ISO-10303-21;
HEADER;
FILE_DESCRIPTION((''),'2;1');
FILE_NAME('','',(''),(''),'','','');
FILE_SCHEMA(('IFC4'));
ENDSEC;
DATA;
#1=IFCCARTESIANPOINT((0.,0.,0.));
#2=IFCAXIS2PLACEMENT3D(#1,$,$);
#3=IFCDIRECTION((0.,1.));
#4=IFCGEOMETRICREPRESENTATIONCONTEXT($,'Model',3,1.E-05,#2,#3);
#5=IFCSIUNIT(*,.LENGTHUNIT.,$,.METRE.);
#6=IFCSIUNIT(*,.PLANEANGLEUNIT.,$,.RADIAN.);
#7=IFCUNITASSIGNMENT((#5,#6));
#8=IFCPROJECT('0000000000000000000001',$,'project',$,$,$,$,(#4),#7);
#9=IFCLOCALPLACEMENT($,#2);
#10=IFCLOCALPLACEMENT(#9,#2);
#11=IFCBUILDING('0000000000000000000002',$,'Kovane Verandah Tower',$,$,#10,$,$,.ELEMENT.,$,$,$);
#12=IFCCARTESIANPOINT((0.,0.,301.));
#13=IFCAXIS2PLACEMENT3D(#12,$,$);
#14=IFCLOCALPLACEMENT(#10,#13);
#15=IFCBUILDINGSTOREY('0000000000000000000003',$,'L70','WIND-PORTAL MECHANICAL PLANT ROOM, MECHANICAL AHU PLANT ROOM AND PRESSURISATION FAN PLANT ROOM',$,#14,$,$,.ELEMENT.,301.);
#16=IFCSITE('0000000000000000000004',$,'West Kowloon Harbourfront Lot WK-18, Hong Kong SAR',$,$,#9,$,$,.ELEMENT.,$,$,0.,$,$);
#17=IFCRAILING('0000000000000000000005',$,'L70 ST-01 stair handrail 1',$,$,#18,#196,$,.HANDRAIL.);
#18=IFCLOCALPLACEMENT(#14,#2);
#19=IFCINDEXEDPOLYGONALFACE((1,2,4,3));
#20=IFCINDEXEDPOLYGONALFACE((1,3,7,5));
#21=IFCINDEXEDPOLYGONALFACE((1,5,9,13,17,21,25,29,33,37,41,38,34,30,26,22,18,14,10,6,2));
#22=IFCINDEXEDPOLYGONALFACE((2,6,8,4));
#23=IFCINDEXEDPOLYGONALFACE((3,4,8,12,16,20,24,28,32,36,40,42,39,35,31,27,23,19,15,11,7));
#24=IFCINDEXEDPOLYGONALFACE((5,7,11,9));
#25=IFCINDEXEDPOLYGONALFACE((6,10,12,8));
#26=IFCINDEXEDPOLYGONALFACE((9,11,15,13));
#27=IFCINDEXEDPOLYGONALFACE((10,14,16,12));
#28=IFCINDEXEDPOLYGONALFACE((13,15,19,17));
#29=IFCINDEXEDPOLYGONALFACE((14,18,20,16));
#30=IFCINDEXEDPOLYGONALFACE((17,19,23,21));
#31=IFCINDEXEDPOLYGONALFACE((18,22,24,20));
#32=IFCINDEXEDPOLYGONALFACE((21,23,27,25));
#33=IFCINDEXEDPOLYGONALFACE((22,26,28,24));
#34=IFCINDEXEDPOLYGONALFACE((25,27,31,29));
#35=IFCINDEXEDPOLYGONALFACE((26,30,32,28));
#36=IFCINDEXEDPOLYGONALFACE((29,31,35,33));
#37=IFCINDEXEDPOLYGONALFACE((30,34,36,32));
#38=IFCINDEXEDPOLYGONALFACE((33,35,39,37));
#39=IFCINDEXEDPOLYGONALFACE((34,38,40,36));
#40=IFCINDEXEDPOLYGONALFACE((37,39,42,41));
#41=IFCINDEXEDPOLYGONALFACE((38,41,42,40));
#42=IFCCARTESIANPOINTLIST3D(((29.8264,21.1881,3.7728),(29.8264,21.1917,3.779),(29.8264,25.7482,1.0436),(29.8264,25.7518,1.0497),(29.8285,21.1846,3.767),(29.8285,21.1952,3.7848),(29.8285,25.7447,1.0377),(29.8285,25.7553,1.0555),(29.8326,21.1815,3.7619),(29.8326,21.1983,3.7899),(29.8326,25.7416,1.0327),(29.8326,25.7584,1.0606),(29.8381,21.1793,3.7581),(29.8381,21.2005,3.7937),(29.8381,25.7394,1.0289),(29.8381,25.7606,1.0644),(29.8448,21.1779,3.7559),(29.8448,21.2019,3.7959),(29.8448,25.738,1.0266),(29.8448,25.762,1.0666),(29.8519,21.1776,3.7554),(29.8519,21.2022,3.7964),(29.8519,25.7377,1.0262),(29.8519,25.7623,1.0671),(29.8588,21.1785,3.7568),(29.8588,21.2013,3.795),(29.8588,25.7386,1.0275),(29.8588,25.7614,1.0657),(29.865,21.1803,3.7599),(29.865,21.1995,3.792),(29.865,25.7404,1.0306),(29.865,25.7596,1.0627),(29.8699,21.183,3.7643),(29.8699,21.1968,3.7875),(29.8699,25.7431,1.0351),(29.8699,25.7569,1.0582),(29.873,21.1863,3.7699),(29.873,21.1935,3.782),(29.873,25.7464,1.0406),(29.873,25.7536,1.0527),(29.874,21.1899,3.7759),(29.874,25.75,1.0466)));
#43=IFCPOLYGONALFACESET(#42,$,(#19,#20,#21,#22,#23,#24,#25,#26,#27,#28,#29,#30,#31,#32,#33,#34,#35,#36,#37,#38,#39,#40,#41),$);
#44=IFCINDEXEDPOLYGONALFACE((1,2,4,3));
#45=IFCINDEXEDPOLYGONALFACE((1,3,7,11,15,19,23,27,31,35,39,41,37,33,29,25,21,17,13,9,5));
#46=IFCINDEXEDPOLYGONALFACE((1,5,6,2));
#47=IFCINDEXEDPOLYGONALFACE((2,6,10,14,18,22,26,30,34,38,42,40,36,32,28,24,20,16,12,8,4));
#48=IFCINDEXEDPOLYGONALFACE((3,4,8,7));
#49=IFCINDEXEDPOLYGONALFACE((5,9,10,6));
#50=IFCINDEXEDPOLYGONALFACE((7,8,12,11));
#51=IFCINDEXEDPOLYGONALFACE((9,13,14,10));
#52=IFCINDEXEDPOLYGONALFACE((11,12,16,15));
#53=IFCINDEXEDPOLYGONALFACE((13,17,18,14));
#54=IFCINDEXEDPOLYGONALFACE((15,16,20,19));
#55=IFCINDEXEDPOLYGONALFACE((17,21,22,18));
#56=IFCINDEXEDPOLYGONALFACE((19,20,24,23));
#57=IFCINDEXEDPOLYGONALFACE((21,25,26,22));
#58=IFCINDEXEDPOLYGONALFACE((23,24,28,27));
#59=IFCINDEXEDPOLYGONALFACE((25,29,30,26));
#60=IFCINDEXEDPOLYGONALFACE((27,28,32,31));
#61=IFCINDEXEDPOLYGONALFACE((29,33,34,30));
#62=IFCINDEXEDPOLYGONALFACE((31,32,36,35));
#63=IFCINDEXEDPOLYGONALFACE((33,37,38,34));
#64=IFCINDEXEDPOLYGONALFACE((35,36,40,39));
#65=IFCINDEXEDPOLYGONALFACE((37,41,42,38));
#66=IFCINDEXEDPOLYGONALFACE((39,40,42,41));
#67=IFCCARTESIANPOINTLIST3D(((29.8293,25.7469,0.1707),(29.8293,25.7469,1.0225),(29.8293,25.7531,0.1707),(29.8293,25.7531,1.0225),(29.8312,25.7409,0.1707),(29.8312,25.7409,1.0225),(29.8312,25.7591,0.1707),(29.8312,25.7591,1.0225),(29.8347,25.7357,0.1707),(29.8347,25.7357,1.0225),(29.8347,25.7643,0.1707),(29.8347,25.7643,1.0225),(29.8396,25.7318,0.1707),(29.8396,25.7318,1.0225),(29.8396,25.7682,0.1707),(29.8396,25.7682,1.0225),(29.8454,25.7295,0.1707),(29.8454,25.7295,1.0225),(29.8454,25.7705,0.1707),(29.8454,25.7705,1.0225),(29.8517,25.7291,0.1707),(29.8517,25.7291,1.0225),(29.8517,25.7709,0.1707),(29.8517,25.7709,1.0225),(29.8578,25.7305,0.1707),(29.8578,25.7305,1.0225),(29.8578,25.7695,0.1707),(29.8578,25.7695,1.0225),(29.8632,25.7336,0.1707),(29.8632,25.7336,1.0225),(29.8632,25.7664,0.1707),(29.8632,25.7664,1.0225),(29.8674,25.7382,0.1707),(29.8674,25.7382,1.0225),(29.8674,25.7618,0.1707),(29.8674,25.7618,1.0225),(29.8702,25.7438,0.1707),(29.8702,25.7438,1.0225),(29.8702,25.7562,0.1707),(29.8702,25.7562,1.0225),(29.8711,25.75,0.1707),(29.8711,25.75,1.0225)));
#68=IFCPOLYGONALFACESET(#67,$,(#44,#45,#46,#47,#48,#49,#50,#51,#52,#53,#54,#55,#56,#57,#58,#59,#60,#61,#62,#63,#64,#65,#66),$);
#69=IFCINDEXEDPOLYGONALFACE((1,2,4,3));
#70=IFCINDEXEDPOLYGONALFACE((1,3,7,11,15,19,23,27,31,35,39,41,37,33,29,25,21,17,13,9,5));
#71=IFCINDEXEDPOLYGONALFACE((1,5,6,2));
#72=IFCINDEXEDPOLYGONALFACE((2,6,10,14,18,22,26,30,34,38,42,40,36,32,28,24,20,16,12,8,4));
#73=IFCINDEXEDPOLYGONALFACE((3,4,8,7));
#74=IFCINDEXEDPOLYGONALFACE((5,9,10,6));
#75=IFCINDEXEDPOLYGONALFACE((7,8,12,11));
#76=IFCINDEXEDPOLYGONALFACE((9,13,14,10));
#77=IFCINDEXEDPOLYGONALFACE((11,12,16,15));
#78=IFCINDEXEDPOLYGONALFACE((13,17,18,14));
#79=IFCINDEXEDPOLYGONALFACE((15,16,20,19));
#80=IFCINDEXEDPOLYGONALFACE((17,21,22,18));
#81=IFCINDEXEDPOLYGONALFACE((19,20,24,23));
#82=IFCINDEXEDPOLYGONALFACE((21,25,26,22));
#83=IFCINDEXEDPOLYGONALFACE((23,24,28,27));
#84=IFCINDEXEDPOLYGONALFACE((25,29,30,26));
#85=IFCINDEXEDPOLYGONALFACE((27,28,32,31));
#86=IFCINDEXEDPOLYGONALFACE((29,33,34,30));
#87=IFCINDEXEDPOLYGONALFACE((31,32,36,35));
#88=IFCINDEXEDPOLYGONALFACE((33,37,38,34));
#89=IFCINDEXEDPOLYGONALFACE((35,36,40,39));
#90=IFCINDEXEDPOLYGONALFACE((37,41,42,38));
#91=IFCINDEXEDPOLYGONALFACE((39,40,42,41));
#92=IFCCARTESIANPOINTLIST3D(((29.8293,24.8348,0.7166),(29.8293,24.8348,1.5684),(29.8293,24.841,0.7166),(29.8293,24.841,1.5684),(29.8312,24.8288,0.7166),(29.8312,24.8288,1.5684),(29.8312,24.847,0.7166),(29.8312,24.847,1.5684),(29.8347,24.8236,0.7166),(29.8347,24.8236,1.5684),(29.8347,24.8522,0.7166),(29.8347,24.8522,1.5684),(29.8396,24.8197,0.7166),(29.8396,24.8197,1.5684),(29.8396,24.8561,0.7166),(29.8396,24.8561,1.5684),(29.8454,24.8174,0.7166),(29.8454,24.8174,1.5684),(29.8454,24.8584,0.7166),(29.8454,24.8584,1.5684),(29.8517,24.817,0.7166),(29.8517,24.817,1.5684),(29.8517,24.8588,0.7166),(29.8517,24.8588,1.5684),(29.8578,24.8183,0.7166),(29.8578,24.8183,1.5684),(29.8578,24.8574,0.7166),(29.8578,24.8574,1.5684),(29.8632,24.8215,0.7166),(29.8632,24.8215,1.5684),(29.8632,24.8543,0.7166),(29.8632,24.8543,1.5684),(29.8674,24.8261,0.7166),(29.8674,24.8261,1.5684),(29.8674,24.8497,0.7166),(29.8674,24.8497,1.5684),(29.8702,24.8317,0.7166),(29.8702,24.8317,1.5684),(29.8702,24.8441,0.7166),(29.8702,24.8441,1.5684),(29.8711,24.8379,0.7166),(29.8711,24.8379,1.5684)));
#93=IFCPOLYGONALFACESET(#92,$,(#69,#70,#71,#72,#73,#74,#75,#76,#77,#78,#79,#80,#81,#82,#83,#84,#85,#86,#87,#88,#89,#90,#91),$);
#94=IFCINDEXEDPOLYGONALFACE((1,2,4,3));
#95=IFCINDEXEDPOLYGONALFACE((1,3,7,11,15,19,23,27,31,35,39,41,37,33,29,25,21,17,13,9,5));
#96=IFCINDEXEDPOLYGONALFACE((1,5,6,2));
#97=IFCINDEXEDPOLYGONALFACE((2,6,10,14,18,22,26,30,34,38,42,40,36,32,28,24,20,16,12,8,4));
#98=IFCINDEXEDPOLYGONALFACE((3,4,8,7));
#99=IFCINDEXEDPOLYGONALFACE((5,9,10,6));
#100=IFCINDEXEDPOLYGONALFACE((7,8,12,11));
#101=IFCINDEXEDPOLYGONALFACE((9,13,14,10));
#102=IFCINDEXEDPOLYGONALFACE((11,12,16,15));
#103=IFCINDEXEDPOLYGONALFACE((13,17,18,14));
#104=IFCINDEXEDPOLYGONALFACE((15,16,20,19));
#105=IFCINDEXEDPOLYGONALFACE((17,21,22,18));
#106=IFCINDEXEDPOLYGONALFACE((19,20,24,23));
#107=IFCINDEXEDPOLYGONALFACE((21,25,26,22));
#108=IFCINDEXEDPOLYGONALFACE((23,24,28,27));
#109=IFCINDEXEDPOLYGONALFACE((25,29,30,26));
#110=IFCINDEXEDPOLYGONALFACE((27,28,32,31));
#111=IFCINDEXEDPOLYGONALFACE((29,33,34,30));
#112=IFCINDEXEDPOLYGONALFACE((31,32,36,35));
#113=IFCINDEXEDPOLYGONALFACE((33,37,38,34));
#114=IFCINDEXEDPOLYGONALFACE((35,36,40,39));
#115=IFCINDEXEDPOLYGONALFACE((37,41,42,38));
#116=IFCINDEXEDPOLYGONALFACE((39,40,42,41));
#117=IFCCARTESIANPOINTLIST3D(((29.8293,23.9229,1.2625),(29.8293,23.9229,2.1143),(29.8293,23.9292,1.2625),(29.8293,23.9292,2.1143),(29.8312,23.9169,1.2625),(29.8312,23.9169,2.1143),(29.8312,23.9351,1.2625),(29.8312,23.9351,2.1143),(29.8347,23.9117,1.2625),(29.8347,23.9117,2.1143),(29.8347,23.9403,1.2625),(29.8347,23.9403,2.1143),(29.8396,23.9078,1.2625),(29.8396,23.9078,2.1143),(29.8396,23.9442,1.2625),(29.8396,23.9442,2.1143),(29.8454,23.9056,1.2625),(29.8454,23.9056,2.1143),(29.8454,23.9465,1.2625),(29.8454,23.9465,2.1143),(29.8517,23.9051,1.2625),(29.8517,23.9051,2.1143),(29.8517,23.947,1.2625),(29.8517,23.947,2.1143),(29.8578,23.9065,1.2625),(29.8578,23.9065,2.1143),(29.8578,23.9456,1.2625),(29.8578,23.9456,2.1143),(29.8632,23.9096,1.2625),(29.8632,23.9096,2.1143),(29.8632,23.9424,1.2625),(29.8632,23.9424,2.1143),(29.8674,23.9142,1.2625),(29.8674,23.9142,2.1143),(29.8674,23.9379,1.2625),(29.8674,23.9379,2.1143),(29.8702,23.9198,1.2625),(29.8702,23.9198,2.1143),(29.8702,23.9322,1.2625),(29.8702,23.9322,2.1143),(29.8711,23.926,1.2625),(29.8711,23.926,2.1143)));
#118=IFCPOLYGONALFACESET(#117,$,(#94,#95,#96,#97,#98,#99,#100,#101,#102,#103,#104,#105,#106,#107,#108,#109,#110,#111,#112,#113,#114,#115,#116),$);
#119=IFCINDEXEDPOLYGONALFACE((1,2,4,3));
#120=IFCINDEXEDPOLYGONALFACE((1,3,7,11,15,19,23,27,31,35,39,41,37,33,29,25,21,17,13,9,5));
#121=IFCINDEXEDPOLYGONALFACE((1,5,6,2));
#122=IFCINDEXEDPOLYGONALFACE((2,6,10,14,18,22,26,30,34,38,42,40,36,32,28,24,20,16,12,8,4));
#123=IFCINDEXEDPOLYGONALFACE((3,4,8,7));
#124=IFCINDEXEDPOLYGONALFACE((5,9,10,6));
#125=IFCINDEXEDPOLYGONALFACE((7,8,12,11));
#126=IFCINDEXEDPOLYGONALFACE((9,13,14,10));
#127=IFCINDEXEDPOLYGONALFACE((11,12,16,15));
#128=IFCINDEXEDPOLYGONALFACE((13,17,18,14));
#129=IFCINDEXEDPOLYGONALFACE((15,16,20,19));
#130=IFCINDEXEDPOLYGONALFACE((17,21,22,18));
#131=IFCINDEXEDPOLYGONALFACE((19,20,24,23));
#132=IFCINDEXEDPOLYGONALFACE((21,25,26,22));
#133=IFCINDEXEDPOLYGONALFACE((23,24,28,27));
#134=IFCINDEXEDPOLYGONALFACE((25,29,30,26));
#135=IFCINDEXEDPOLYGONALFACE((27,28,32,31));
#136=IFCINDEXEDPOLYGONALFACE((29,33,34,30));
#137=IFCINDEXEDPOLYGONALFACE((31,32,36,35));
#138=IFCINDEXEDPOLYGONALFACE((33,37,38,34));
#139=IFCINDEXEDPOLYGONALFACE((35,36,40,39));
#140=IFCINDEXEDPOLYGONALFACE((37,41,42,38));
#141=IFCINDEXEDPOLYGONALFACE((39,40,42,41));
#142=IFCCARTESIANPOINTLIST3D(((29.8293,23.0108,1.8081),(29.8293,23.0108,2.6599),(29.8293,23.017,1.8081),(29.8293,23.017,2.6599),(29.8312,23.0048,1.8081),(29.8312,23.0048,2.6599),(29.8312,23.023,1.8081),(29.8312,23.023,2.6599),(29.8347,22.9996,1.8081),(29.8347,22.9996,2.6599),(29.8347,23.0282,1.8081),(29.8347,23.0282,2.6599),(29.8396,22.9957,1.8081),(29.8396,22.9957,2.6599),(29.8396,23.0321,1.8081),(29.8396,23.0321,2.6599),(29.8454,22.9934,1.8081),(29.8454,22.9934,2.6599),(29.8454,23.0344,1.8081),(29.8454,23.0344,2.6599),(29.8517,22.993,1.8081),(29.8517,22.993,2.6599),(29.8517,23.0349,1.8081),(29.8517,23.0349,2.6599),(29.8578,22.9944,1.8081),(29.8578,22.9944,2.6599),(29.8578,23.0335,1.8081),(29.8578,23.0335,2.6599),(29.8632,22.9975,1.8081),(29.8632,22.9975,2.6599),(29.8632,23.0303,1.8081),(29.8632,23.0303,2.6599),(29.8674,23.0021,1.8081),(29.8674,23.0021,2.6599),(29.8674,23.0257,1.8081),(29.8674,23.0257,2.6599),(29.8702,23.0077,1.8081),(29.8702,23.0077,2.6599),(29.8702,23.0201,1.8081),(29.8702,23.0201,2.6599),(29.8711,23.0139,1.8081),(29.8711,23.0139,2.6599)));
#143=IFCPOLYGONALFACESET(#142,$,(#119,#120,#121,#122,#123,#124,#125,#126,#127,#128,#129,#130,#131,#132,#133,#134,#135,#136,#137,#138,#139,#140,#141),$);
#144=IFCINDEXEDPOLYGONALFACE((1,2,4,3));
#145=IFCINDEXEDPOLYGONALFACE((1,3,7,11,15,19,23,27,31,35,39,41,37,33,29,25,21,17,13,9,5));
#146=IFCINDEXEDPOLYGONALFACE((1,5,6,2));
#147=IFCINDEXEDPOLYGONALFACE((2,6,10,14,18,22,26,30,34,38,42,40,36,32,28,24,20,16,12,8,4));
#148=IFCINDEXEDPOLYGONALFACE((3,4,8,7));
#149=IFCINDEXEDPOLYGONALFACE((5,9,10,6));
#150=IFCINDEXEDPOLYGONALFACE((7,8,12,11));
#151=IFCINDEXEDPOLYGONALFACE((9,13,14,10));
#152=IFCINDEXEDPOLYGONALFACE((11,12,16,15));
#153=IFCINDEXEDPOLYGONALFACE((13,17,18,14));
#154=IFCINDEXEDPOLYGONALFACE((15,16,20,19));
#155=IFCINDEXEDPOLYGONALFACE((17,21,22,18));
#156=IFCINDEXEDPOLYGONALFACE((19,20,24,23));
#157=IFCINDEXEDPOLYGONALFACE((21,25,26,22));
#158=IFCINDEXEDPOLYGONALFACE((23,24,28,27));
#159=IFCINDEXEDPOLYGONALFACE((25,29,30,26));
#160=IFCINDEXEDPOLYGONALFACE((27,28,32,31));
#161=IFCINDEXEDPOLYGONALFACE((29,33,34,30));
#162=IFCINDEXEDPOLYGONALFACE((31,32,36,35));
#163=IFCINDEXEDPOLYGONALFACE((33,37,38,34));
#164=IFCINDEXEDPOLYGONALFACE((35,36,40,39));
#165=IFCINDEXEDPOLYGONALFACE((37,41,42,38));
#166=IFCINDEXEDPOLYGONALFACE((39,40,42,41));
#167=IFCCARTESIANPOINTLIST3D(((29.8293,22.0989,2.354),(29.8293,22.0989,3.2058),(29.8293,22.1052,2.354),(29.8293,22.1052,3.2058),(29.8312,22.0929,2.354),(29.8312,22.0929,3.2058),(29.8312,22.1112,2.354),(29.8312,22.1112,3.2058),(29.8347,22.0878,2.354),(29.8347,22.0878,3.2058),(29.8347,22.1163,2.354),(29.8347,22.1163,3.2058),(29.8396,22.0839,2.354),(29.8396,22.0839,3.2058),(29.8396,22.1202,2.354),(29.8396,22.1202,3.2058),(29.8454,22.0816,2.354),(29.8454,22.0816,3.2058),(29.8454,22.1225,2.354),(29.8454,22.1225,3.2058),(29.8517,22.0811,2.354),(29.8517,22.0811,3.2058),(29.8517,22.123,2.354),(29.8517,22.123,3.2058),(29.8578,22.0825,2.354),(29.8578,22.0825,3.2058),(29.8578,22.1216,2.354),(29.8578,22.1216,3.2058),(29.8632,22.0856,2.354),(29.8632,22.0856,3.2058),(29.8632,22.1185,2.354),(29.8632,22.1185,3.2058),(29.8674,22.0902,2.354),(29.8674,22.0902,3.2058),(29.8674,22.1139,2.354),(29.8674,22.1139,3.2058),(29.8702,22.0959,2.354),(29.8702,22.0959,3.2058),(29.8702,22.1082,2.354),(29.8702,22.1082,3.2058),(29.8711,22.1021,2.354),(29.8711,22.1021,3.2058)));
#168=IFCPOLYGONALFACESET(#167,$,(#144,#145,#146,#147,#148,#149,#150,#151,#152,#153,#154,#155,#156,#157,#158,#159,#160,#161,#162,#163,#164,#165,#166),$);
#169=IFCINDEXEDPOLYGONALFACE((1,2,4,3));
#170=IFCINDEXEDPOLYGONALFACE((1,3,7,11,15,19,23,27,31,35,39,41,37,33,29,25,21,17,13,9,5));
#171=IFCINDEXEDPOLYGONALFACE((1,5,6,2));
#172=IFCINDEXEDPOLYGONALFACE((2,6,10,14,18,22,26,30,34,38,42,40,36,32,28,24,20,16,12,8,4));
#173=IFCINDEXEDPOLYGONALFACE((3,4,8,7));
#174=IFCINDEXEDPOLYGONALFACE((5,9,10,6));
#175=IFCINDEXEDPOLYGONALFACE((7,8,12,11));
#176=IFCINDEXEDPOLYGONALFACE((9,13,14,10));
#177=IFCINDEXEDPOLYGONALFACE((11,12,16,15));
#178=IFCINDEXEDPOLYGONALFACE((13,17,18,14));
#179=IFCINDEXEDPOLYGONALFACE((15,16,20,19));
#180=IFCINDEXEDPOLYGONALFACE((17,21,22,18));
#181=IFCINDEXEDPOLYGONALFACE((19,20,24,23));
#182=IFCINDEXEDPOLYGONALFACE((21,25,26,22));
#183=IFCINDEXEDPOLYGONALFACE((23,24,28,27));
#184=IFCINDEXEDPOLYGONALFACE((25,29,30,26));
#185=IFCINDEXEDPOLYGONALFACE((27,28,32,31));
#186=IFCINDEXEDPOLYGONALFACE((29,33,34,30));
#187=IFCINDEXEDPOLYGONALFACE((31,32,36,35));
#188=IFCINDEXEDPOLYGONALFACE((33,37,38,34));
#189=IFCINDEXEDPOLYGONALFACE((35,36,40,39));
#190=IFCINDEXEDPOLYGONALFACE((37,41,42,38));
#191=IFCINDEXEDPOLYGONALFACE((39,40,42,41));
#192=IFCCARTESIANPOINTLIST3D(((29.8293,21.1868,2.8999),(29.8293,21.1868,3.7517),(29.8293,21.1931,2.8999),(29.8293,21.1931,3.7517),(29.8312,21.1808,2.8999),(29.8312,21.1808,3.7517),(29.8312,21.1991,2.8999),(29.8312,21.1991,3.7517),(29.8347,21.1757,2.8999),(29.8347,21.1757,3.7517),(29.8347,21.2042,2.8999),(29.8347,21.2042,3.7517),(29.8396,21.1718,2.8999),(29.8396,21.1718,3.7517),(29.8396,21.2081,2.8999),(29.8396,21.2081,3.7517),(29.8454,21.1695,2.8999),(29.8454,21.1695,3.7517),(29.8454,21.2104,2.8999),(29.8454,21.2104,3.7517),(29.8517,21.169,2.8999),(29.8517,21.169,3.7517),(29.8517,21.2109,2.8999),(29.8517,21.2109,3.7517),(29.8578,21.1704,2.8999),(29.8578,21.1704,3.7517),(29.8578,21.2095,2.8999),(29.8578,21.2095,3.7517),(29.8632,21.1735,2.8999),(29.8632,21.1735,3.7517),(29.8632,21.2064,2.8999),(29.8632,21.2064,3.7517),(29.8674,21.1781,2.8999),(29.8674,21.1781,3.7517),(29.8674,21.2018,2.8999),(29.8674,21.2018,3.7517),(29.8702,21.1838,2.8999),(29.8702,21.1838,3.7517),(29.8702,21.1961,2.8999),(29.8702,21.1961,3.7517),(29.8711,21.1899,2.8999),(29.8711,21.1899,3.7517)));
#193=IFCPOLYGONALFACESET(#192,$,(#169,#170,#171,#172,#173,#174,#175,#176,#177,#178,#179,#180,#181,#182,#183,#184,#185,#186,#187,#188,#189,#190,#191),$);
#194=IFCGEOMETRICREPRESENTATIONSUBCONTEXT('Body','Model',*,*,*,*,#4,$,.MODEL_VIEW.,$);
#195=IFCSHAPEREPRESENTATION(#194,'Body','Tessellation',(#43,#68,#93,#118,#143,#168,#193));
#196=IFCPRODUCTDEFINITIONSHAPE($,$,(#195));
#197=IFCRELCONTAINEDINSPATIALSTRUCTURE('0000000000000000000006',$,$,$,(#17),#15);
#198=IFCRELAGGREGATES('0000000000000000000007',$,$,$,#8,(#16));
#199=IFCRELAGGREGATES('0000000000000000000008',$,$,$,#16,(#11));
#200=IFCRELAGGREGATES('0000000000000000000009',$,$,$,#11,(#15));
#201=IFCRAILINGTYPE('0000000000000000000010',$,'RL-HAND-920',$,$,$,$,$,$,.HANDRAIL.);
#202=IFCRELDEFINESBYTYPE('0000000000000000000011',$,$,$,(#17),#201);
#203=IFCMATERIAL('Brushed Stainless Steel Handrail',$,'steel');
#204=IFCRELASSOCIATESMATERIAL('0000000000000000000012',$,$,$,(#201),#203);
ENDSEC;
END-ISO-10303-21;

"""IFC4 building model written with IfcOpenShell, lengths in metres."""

from ifc_helpers import new_model, si_unit, direction, frame, origin, origin_2d, place, context, subcontext, project, spatial, circle, extrude, material, type_object, element, save


model = new_model("IFC4")

# Units and contexts
model_context = context("Model", 3, precision=1e-05, world=origin(), true_north=direction((0.0, 1.0)))
body_context = subcontext(model_context, "Body", "Model", "MODEL_VIEW")
ifc_project = project(units=[si_unit("LENGTHUNIT", "METRE"), si_unit("PLANEANGLEUNIT", "RADIAN")], contexts=[model_context])

# Site, building, storey
site_placement = place(None, origin())
site = spatial("IfcSite", under=ifc_project, at=site_placement, Name="West Kowloon Harbourfront Lot WK-18, Hong Kong SAR", CompositionType="ELEMENT", RefElevation=0.0)
building_placement = place(site_placement, origin())
building = spatial("IfcBuilding", under=site, at=building_placement, Name="Kovane Verandah Tower", CompositionType="ELEMENT")
storey_placement = place(building_placement, frame((0.0, 0.0, 301.0)))
storey = spatial("IfcBuildingStorey", under=building, at=storey_placement, Name="L70", Description="WIND-PORTAL MECHANICAL PLANT ROOM, MECHANICAL AHU PLANT ROOM AND PRESSURISATION FAN PLANT ROOM", CompositionType="ELEMENT", Elevation=301.0)

# Railing
ifc_material_1 = material(Name="Brushed Stainless Steel Handrail", Category="steel")
railing_type_1 = type_object("IfcRailingType", Name="RL-HAND-920", PredefinedType="HANDRAIL", material=ifc_material_1)
railing_1_placement = place(storey_placement, frame((29.8501, 25.75, 0.1707)))
element("IfcRailing", 1, at=railing_1_placement, inside=storey, type_object=railing_type_1, Name="L70 ST-01 stair handrail 1", PredefinedType="HANDRAIL", context=body_context, shape_type="SweptSolid", body=[
    extrude(circle(Radius=0.0239, at=origin_2d()), frame((0.0, 0.0, 0.876), z_axis=(0.0, -0.858056, 0.513556), x_axis=(1.0, 0.0, 0.0)), (0.0, 0.0, 1.0), 5.3145),
    extrude(circle(Radius=0.021, at=origin_2d()), origin(), (0.0, 0.0, 1.0), 0.8518),
    extrude(circle(Radius=0.021, at=origin_2d()), frame((0.0, -0.9121, 0.5459)), (0.0, 0.0, 1.0), 0.8518),
    extrude(circle(Radius=0.021, at=origin_2d()), frame((0.0, -1.824, 1.0918)), (0.0, 0.0, 1.0), 0.8518),
    extrude(circle(Radius=0.021, at=origin_2d()), frame((0.0, -2.7361, 1.6375)), (0.0, 0.0, 1.0), 0.8518),
    extrude(circle(Radius=0.021, at=origin_2d()), frame((0.0, -3.6479, 2.1833)), (0.0, 0.0, 1.0), 0.8518),
    extrude(circle(Radius=0.021, at=origin_2d()), frame((0.0, -4.5601, 2.7292)), (0.0, 0.0, 1.0), 0.8518),
])

save(model, "model.ifc")
